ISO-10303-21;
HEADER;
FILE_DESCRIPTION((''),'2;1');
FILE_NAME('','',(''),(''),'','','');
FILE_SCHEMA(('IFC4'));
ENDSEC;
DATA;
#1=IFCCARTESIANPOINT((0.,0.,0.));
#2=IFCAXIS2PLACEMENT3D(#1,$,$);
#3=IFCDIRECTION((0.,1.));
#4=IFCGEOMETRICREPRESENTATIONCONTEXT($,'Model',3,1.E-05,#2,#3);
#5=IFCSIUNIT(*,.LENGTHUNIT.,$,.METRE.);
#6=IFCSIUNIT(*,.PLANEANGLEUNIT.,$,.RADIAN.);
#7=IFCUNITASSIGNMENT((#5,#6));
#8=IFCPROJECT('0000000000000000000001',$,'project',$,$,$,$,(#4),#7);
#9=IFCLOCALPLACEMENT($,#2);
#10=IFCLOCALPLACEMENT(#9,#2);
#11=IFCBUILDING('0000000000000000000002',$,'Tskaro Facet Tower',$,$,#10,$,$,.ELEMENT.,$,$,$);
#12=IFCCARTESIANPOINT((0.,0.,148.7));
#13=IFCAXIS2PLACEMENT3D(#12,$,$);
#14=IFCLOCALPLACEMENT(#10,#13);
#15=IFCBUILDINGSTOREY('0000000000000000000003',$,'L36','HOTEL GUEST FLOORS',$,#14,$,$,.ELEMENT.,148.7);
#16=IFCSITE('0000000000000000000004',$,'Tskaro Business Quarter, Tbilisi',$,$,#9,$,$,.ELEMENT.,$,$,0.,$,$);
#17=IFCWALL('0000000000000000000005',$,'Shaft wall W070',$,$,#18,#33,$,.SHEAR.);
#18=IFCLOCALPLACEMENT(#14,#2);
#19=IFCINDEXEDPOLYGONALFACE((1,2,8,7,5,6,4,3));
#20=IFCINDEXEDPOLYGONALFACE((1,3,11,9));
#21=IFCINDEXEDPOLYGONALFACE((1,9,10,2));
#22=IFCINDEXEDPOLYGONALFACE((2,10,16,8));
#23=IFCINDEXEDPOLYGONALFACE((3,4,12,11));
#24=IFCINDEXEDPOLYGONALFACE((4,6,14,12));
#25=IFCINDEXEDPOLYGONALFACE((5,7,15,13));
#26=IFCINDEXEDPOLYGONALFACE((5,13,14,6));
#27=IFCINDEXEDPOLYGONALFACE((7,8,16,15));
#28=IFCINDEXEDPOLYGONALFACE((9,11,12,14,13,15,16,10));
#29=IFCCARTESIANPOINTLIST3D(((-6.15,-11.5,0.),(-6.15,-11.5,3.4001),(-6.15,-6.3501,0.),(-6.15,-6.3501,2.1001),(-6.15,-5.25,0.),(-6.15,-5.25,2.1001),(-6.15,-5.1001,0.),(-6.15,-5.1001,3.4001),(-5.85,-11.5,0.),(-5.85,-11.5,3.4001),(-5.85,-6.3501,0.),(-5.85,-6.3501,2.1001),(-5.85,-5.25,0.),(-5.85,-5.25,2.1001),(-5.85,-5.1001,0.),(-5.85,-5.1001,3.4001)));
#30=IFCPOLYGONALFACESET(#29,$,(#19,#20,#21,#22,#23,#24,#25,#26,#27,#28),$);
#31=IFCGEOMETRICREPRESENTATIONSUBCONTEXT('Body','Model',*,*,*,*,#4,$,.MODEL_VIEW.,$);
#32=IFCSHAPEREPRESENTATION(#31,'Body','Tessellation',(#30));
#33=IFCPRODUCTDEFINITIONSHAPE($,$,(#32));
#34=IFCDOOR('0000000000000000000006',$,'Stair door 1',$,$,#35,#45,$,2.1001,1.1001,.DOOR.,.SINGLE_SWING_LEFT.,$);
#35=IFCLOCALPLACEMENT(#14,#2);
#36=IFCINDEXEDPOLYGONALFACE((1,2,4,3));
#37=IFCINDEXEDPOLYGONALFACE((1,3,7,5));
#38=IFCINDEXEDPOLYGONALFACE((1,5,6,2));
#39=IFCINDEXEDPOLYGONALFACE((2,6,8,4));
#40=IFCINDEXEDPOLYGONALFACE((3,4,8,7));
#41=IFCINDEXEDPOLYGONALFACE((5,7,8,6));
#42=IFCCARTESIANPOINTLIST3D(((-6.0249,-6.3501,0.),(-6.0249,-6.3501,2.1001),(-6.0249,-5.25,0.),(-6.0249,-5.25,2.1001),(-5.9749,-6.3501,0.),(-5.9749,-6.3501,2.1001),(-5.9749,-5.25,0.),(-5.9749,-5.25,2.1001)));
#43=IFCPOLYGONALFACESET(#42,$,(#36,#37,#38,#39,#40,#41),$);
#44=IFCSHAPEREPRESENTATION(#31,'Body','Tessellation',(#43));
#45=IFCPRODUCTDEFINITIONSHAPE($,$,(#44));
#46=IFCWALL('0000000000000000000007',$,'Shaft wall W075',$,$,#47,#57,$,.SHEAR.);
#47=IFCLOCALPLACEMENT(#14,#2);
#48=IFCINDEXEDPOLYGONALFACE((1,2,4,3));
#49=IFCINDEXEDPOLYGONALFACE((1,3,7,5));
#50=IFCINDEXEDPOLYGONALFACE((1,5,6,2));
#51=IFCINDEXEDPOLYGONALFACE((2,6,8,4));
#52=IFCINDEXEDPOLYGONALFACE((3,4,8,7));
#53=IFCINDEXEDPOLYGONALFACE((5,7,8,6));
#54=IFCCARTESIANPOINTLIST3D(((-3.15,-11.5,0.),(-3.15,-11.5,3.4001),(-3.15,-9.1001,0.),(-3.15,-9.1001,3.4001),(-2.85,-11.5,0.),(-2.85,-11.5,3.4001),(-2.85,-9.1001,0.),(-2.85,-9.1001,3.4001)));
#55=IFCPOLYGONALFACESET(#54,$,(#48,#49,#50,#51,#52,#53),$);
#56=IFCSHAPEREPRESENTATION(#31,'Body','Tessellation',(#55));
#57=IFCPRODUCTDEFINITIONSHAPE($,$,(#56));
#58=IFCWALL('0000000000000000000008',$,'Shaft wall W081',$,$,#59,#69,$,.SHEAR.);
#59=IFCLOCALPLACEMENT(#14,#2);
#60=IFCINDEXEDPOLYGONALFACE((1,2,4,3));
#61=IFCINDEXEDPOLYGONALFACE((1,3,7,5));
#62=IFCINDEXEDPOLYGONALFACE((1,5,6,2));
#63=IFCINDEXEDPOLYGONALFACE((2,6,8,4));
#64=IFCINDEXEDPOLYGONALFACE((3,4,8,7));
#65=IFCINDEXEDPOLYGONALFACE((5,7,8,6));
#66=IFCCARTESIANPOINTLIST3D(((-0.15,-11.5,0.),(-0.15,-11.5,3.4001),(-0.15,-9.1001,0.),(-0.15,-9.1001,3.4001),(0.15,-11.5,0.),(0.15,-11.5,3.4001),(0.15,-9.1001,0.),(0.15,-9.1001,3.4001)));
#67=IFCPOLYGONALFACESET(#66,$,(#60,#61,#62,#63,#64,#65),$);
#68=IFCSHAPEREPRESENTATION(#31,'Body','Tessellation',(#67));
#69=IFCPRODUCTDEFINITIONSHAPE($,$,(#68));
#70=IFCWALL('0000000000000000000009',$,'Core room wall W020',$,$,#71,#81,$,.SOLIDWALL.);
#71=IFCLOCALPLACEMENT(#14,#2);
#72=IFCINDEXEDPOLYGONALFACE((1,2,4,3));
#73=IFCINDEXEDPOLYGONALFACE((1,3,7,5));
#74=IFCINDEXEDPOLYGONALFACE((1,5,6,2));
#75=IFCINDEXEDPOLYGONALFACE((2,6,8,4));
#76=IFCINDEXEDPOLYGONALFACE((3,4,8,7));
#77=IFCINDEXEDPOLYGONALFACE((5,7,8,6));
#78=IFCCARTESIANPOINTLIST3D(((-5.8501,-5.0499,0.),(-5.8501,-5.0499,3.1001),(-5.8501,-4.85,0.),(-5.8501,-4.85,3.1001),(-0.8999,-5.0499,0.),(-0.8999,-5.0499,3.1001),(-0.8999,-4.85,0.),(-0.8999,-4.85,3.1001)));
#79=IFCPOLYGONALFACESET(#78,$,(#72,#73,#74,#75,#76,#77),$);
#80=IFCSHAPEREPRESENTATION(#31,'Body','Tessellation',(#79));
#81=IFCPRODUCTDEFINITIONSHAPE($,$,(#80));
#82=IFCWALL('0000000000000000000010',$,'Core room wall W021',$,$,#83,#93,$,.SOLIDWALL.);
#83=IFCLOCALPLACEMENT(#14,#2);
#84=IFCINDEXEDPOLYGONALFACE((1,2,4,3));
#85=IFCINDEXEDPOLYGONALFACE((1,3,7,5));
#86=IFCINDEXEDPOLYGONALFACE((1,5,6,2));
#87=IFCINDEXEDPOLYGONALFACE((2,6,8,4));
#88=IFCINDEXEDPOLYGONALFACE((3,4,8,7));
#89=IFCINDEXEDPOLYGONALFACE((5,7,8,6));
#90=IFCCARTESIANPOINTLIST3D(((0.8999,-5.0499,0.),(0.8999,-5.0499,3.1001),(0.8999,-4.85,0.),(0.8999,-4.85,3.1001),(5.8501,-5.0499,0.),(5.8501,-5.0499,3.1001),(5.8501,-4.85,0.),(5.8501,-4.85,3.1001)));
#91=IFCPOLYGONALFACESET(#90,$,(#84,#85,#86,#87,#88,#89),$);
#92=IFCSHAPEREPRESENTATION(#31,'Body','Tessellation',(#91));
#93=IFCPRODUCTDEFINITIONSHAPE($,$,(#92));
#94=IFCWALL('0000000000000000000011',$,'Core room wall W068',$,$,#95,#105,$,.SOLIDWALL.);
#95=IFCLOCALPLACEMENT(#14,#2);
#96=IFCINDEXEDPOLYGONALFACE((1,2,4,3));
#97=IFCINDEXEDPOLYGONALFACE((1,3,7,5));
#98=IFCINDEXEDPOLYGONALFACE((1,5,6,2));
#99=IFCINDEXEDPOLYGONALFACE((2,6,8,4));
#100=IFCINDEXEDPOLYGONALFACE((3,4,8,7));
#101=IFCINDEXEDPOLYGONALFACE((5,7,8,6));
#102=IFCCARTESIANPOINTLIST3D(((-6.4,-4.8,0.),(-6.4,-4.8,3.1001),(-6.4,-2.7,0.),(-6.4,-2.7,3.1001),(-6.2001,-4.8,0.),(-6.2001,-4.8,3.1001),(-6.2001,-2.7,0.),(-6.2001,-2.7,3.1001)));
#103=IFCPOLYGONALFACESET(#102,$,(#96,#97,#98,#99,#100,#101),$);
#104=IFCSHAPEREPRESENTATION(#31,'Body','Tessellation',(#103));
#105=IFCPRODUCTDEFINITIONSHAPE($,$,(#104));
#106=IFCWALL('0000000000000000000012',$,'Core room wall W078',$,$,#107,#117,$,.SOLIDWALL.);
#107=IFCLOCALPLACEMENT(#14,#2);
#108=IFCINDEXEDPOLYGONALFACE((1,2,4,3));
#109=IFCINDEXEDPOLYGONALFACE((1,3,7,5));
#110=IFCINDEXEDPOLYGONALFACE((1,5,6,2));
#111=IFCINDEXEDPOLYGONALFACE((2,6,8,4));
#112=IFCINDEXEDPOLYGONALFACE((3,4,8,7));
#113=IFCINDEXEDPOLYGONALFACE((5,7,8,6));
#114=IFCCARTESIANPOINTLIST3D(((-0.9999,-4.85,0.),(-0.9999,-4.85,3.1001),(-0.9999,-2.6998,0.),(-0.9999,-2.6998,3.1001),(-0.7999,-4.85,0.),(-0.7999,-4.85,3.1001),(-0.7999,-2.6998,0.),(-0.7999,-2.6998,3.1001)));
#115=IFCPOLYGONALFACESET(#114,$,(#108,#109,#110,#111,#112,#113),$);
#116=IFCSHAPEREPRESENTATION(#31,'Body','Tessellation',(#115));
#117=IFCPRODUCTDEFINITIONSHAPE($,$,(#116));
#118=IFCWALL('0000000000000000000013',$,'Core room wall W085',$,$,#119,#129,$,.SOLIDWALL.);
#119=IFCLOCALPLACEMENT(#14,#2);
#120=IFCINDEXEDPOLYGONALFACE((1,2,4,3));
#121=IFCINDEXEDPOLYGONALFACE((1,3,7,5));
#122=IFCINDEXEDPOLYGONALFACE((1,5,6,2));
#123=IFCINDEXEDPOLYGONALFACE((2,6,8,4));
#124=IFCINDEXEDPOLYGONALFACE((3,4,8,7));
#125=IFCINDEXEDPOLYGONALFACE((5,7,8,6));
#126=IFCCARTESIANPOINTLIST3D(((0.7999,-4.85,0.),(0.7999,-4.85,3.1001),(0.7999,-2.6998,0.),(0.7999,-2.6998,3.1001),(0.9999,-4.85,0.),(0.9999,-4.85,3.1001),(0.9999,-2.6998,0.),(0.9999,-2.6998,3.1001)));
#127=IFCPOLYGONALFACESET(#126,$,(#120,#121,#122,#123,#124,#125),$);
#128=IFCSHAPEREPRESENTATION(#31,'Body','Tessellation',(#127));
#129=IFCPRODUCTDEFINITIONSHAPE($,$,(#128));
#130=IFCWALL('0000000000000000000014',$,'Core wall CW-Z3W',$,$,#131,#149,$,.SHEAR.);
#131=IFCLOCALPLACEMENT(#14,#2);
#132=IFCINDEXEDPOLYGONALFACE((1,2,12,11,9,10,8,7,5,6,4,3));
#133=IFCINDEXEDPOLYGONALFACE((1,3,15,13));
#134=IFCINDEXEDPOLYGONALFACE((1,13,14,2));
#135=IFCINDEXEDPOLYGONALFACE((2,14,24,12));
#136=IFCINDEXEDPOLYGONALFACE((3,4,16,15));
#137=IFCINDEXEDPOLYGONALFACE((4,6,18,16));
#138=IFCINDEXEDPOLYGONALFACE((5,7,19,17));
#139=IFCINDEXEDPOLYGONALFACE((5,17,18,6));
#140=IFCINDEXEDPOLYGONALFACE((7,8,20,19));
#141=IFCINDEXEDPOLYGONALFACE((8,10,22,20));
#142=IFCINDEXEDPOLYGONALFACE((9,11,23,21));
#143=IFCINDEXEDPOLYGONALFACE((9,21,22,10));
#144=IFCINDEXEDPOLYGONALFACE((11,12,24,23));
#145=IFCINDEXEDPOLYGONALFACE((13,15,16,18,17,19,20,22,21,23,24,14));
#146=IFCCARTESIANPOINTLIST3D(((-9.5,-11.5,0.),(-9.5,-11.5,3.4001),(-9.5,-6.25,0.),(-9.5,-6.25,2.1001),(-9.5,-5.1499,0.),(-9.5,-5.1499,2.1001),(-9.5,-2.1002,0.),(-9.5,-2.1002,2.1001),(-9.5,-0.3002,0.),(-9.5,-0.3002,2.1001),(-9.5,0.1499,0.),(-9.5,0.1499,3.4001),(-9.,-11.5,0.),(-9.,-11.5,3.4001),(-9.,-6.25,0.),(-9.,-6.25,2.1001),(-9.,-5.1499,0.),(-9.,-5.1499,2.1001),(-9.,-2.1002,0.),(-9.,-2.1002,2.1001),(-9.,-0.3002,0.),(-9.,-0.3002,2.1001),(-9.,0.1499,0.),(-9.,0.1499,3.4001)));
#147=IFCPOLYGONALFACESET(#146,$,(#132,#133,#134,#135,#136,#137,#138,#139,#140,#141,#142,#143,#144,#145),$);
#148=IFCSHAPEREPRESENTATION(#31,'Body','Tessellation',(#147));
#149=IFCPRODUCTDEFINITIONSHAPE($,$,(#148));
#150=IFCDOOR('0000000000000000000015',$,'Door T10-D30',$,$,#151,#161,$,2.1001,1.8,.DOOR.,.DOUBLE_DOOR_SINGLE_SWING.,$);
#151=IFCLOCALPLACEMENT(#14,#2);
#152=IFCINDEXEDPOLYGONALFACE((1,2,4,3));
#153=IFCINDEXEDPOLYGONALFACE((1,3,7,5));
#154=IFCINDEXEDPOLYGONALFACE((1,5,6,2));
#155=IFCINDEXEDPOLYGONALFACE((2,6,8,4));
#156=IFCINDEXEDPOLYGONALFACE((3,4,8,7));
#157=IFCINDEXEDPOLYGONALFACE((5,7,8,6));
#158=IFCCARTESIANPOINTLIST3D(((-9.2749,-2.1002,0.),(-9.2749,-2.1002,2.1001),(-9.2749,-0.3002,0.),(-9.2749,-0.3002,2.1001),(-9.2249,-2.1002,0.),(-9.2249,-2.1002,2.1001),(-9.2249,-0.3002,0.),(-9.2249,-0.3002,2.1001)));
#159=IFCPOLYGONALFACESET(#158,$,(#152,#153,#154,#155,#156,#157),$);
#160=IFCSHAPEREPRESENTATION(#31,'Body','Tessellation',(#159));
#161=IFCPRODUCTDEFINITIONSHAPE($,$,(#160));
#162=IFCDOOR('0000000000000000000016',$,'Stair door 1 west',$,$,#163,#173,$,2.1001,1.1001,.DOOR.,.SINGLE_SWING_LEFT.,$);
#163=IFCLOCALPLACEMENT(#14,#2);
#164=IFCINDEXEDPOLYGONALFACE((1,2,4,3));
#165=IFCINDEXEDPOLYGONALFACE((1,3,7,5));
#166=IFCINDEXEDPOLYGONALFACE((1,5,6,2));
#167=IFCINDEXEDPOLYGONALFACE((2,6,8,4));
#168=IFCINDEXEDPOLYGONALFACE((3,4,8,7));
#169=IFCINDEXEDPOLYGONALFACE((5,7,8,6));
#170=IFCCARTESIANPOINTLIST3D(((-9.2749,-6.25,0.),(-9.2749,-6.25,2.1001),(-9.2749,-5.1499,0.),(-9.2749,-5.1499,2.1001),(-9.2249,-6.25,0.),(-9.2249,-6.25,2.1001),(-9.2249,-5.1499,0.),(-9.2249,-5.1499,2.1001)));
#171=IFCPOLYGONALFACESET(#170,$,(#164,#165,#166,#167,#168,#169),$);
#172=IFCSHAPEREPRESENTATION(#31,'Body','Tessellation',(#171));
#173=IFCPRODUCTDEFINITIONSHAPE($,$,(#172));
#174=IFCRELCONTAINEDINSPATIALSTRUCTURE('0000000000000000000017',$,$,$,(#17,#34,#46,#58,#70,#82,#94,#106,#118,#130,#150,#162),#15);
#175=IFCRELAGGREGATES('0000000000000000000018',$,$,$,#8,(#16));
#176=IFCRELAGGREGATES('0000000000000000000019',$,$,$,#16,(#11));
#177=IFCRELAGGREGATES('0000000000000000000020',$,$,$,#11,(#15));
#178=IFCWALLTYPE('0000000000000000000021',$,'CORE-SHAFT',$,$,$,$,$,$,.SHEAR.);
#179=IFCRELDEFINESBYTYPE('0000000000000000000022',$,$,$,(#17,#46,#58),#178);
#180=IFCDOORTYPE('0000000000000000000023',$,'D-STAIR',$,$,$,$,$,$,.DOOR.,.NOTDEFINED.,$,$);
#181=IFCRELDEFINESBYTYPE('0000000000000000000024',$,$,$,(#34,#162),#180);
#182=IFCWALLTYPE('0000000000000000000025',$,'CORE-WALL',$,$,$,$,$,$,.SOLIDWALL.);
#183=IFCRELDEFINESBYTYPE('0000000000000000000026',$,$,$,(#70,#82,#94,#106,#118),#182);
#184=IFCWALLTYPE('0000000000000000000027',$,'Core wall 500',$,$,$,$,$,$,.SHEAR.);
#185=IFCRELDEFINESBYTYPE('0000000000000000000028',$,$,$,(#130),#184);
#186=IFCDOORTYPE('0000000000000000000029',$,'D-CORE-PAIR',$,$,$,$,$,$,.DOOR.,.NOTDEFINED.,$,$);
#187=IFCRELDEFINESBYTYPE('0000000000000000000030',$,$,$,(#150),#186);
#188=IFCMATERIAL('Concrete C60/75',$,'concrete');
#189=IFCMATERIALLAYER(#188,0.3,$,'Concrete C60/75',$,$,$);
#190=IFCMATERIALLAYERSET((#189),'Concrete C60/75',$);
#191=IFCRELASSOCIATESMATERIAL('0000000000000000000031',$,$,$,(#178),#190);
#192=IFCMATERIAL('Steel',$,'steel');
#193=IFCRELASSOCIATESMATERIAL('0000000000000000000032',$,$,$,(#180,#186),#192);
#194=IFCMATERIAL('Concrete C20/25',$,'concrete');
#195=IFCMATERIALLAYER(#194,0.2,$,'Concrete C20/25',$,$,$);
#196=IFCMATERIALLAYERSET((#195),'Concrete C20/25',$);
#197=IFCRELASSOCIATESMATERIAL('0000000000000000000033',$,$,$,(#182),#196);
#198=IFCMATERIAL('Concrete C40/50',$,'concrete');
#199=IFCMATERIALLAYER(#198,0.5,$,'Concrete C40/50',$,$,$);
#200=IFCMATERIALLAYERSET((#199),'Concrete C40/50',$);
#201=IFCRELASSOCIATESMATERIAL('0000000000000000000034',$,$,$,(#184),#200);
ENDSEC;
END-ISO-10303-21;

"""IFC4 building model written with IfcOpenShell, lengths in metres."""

from ifc_helpers import new_model, si_unit, direction, frame, frame_2d, origin, place, context, subcontext, project, spatial, rectangle, extrude, material, layer, layer_set, type_object, element, fill, save


model = new_model("IFC4")

# Units and contexts
model_context = context("Model", 3, precision=1e-05, world=origin(), true_north=direction((0.0, 1.0)))
body_context = subcontext(model_context, "Body", "Model", "MODEL_VIEW")
ifc_project = project(units=[si_unit("LENGTHUNIT", "METRE"), si_unit("PLANEANGLEUNIT", "RADIAN")], contexts=[model_context])

# Site, building, storey
site_placement = place(None, origin())
site = spatial("IfcSite", under=ifc_project, at=site_placement, Name="Tskaro Business Quarter, Tbilisi", CompositionType="ELEMENT", RefElevation=0.0)
building_placement = place(site_placement, origin())
building = spatial("IfcBuilding", under=site, at=building_placement, Name="Tskaro Facet Tower", CompositionType="ELEMENT")
storey_placement = place(building_placement, frame((0.0, 0.0, 148.7)))
storey = spatial("IfcBuildingStorey", under=building, at=storey_placement, Name="L36", Description="HOTEL GUEST FLOORS", CompositionType="ELEMENT", Elevation=148.7)

# Shared definitions
ifc_material_1 = material(Name="Concrete C40/50", Category="concrete")

# Shared definitions
ifc_material_2 = material(Name="Concrete C60/75", Category="concrete")

# Shared definitions
ifc_layer_1 = layer(ifc_material_2, 0.3, Name="Concrete C60/75")
ifc_layer_set_1 = layer_set([ifc_layer_1], Name="Concrete C60/75")
wall_type_1 = type_object("IfcWallType", Name="CORE-SHAFT", PredefinedType="SHEAR", material=ifc_layer_set_1)

# Wall, opening, door
wall_1_placement = place(storey_placement, frame((-6.0, -11.5, 0.0), z_axis=(0.0, 0.0, 1.0), x_axis=(0.0, 1.0, 0.0)))
wall_1 = element("IfcWall", 1, at=wall_1_placement, inside=storey, type_object=wall_type_1, Name="Shaft wall W070", PredefinedType="SHEAR", context=body_context, shape_type="SweptSolid", body=[
    extrude(rectangle(XDim=6.3999, YDim=0.3, at=frame_2d((3.2, 0.0))), origin(), (0.0, 0.0, 1.0), 3.4001),
])
opening_1_placement = place(wall_1_placement, frame((5.1499, 0.0, 0.0)))
opening_1 = element("IfcOpeningElement", 2, at=opening_1_placement, cuts=wall_1, PredefinedType="OPENING", context=body_context, shape_type="SweptSolid", body=[
    extrude(rectangle(XDim=1.1001, YDim=2.1001, at=frame_2d((0.55, 1.05))), frame((0.0, 0.1599, 0.0), z_axis=(0.0, -1.0, 0.0), x_axis=(1.0, 0.0, 0.0)), (0.0, 0.0, 1.0), 0.3201),
])
ifc_material_3 = material(Name="Steel", Category="steel")
door_type_1 = type_object("IfcDoorType", Name="D-STAIR", OperationType="NOTDEFINED", PredefinedType="DOOR", material=ifc_material_3)
door_1_placement = place(opening_1_placement, origin())
door_1 = element("IfcDoor", 3, at=door_1_placement, inside=storey, type_object=door_type_1, Name="Stair door 1", OperationType="SINGLE_SWING_LEFT", OverallHeight=2.1001, OverallWidth=1.1001, PredefinedType="DOOR", context=body_context, shape_type="SweptSolid", body=[
    extrude(rectangle(XDim=1.1001, YDim=2.1001, at=frame_2d((0.55, 1.05))), frame((0.0, 0.0249, 0.0), z_axis=(0.0, -1.0, 0.0), x_axis=(1.0, 0.0, 0.0)), (0.0, 0.0, 1.0), 0.05),
])
fill(opening_1, door_1)

# Walls
for number, where, z_axis, x_axis, name in (
    (4, (-3.0, -11.5, 0.0), (0.0, 0.0, 1.0), (0.0, 1.0, 0.0), "Shaft wall W075"),
    (5, (0.0, -11.5, 0.0), (0.0, 0.0, 1.0), (0.0, 1.0, 0.0), "Shaft wall W081"),
):
    element("IfcWall", number, at=place(storey_placement, frame(where, z_axis=z_axis, x_axis=x_axis)), inside=storey, type_object=wall_type_1, Name=name, PredefinedType="SHEAR", context=body_context, shape_type="SweptSolid", body=[
        extrude(rectangle(XDim=2.3999, YDim=0.3, at=frame_2d((1.2, 0.0))), origin(), (0.0, 0.0, 1.0), 3.4001),
    ])
ifc_material_4 = material(Name="Concrete C20/25", Category="concrete")
ifc_layer_2 = layer(ifc_material_4, 0.2, Name="Concrete C20/25")
ifc_layer_set_2 = layer_set([ifc_layer_2], Name="Concrete C20/25")
wall_type_2 = type_object("IfcWallType", Name="CORE-WALL", PredefinedType="SOLIDWALL", material=ifc_layer_set_2)
for number, where, z_axis, x_axis, name in (
    (6, (-5.8501, -4.95, 0.0), (0.0, 0.0, 1.0), (1.0, 0.0, 0.0), "Core room wall W020"),
    (7, (0.8999, -4.95, 0.0), (0.0, 0.0, 1.0), (1.0, 0.0, 0.0), "Core room wall W021"),
):
    element("IfcWall", number, at=place(storey_placement, frame(where, z_axis=z_axis, x_axis=x_axis)), inside=storey, type_object=wall_type_2, Name=name, PredefinedType="SOLIDWALL", context=body_context, shape_type="SweptSolid", body=[
        extrude(rectangle(XDim=4.9502, YDim=0.2, at=frame_2d((2.4751, 0.0))), origin(), (0.0, 0.0, 1.0), 3.1001),
    ])
wall_2_placement = place(storey_placement, frame((-6.3, -4.8, 0.0), z_axis=(0.0, 0.0, 1.0), x_axis=(0.0, 1.0, 0.0)))
element("IfcWall", 8, at=wall_2_placement, inside=storey, type_object=wall_type_2, Name="Core room wall W068", PredefinedType="SOLIDWALL", context=body_context, shape_type="SweptSolid", body=[
    extrude(rectangle(XDim=2.1001, YDim=0.2, at=frame_2d((1.05, 0.0))), origin(), (0.0, 0.0, 1.0), 3.1001),
])
for number, where, z_axis, x_axis, name in (
    (9, (-0.8999, -4.8501, 0.0), (0.0, 0.0, 1.0), (0.0, 1.0, 0.0), "Core room wall W078"),
    (10, (0.8999, -4.8501, 0.0), (0.0, 0.0, 1.0), (0.0, 1.0, 0.0), "Core room wall W085"),
):
    element("IfcWall", number, at=place(storey_placement, frame(where, z_axis=z_axis, x_axis=x_axis)), inside=storey, type_object=wall_type_2, Name=name, PredefinedType="SOLIDWALL", context=body_context, shape_type="SweptSolid", body=[
        extrude(rectangle(XDim=2.1501, YDim=0.2, at=frame_2d((1.0752, 0.0))), origin(), (0.0, 0.0, 1.0), 3.1001),
    ])

# Wall, openings, doors
ifc_layer_3 = layer(ifc_material_1, 0.5, Name="Concrete C40/50")
ifc_layer_set_3 = layer_set([ifc_layer_3], Name="Concrete C40/50")
wall_type_3 = type_object("IfcWallType", Name="Core wall 500", PredefinedType="SHEAR", material=ifc_layer_set_3)
wall_3_placement = place(storey_placement, frame((-9.25, -11.5, 0.0), z_axis=(0.0, 0.0, 1.0), x_axis=(0.0, 1.0, 0.0)))
wall_3 = element("IfcWall", 11, at=wall_3_placement, inside=storey, type_object=wall_type_3, Name="Core wall CW-Z3W", PredefinedType="SHEAR", context=body_context, shape_type="SweptSolid", body=[
    extrude(rectangle(XDim=11.6499, YDim=0.5, at=frame_2d((5.825, 0.0))), origin(), (0.0, 0.0, 1.0), 3.4001),
])
opening_2_placement = place(wall_3_placement, frame((9.3999, 0.0, 0.0)))
opening_2 = element("IfcOpeningElement", 12, at=opening_2_placement, cuts=wall_3, PredefinedType="OPENING", context=body_context, shape_type="SweptSolid", body=[
    extrude(rectangle(XDim=1.8, YDim=2.1001, at=frame_2d((0.8999, 1.05))), frame((0.0, 0.26, 0.0), z_axis=(0.0, -1.0, 0.0), x_axis=(1.0, 0.0, 0.0)), (0.0, 0.0, 1.0), 0.52),
])
opening_3_placement = place(wall_3_placement, frame((5.25, 0.0, 0.0)))
opening_3 = element("IfcOpeningElement", 13, at=opening_3_placement, cuts=wall_3, PredefinedType="OPENING", context=body_context, shape_type="SweptSolid", body=[
    extrude(rectangle(XDim=1.1001, YDim=2.1001, at=frame_2d((0.55, 1.05))), frame((0.0, 0.26, 0.0), z_axis=(0.0, -1.0, 0.0), x_axis=(1.0, 0.0, 0.0)), (0.0, 0.0, 1.0), 0.52),
])
door_type_2 = type_object("IfcDoorType", Name="D-CORE-PAIR", OperationType="NOTDEFINED", PredefinedType="DOOR", material=ifc_material_3)
door_2_placement = place(opening_2_placement, origin())
door_2 = element("IfcDoor", 14, at=door_2_placement, inside=storey, type_object=door_type_2, Name="Door T10-D30", OperationType="DOUBLE_DOOR_SINGLE_SWING", OverallHeight=2.1001, OverallWidth=1.8, PredefinedType="DOOR", context=body_context, shape_type="SweptSolid", body=[
    extrude(rectangle(XDim=1.8, YDim=2.1001, at=frame_2d((0.8999, 1.05))), frame((0.0, 0.0249, 0.0), z_axis=(0.0, -1.0, 0.0), x_axis=(1.0, 0.0, 0.0)), (0.0, 0.0, 1.0), 0.05),
])
fill(opening_2, door_2)
door_3_placement = place(opening_3_placement, origin())
door_3 = element("IfcDoor", 15, at=door_3_placement, inside=storey, type_object=door_type_1, Name="Stair door 1 west", OperationType="SINGLE_SWING_LEFT", OverallHeight=2.1001, OverallWidth=1.1001, PredefinedType="DOOR", context=body_context, shape_type="SweptSolid", body=[
    extrude(rectangle(XDim=1.1001, YDim=2.1001, at=frame_2d((0.55, 1.05))), frame((0.0, 0.0249, 0.0), z_axis=(0.0, -1.0, 0.0), x_axis=(1.0, 0.0, 0.0)), (0.0, 0.0, 1.0), 0.05),
])
fill(opening_3, door_3)

save(model, "model.ifc")
